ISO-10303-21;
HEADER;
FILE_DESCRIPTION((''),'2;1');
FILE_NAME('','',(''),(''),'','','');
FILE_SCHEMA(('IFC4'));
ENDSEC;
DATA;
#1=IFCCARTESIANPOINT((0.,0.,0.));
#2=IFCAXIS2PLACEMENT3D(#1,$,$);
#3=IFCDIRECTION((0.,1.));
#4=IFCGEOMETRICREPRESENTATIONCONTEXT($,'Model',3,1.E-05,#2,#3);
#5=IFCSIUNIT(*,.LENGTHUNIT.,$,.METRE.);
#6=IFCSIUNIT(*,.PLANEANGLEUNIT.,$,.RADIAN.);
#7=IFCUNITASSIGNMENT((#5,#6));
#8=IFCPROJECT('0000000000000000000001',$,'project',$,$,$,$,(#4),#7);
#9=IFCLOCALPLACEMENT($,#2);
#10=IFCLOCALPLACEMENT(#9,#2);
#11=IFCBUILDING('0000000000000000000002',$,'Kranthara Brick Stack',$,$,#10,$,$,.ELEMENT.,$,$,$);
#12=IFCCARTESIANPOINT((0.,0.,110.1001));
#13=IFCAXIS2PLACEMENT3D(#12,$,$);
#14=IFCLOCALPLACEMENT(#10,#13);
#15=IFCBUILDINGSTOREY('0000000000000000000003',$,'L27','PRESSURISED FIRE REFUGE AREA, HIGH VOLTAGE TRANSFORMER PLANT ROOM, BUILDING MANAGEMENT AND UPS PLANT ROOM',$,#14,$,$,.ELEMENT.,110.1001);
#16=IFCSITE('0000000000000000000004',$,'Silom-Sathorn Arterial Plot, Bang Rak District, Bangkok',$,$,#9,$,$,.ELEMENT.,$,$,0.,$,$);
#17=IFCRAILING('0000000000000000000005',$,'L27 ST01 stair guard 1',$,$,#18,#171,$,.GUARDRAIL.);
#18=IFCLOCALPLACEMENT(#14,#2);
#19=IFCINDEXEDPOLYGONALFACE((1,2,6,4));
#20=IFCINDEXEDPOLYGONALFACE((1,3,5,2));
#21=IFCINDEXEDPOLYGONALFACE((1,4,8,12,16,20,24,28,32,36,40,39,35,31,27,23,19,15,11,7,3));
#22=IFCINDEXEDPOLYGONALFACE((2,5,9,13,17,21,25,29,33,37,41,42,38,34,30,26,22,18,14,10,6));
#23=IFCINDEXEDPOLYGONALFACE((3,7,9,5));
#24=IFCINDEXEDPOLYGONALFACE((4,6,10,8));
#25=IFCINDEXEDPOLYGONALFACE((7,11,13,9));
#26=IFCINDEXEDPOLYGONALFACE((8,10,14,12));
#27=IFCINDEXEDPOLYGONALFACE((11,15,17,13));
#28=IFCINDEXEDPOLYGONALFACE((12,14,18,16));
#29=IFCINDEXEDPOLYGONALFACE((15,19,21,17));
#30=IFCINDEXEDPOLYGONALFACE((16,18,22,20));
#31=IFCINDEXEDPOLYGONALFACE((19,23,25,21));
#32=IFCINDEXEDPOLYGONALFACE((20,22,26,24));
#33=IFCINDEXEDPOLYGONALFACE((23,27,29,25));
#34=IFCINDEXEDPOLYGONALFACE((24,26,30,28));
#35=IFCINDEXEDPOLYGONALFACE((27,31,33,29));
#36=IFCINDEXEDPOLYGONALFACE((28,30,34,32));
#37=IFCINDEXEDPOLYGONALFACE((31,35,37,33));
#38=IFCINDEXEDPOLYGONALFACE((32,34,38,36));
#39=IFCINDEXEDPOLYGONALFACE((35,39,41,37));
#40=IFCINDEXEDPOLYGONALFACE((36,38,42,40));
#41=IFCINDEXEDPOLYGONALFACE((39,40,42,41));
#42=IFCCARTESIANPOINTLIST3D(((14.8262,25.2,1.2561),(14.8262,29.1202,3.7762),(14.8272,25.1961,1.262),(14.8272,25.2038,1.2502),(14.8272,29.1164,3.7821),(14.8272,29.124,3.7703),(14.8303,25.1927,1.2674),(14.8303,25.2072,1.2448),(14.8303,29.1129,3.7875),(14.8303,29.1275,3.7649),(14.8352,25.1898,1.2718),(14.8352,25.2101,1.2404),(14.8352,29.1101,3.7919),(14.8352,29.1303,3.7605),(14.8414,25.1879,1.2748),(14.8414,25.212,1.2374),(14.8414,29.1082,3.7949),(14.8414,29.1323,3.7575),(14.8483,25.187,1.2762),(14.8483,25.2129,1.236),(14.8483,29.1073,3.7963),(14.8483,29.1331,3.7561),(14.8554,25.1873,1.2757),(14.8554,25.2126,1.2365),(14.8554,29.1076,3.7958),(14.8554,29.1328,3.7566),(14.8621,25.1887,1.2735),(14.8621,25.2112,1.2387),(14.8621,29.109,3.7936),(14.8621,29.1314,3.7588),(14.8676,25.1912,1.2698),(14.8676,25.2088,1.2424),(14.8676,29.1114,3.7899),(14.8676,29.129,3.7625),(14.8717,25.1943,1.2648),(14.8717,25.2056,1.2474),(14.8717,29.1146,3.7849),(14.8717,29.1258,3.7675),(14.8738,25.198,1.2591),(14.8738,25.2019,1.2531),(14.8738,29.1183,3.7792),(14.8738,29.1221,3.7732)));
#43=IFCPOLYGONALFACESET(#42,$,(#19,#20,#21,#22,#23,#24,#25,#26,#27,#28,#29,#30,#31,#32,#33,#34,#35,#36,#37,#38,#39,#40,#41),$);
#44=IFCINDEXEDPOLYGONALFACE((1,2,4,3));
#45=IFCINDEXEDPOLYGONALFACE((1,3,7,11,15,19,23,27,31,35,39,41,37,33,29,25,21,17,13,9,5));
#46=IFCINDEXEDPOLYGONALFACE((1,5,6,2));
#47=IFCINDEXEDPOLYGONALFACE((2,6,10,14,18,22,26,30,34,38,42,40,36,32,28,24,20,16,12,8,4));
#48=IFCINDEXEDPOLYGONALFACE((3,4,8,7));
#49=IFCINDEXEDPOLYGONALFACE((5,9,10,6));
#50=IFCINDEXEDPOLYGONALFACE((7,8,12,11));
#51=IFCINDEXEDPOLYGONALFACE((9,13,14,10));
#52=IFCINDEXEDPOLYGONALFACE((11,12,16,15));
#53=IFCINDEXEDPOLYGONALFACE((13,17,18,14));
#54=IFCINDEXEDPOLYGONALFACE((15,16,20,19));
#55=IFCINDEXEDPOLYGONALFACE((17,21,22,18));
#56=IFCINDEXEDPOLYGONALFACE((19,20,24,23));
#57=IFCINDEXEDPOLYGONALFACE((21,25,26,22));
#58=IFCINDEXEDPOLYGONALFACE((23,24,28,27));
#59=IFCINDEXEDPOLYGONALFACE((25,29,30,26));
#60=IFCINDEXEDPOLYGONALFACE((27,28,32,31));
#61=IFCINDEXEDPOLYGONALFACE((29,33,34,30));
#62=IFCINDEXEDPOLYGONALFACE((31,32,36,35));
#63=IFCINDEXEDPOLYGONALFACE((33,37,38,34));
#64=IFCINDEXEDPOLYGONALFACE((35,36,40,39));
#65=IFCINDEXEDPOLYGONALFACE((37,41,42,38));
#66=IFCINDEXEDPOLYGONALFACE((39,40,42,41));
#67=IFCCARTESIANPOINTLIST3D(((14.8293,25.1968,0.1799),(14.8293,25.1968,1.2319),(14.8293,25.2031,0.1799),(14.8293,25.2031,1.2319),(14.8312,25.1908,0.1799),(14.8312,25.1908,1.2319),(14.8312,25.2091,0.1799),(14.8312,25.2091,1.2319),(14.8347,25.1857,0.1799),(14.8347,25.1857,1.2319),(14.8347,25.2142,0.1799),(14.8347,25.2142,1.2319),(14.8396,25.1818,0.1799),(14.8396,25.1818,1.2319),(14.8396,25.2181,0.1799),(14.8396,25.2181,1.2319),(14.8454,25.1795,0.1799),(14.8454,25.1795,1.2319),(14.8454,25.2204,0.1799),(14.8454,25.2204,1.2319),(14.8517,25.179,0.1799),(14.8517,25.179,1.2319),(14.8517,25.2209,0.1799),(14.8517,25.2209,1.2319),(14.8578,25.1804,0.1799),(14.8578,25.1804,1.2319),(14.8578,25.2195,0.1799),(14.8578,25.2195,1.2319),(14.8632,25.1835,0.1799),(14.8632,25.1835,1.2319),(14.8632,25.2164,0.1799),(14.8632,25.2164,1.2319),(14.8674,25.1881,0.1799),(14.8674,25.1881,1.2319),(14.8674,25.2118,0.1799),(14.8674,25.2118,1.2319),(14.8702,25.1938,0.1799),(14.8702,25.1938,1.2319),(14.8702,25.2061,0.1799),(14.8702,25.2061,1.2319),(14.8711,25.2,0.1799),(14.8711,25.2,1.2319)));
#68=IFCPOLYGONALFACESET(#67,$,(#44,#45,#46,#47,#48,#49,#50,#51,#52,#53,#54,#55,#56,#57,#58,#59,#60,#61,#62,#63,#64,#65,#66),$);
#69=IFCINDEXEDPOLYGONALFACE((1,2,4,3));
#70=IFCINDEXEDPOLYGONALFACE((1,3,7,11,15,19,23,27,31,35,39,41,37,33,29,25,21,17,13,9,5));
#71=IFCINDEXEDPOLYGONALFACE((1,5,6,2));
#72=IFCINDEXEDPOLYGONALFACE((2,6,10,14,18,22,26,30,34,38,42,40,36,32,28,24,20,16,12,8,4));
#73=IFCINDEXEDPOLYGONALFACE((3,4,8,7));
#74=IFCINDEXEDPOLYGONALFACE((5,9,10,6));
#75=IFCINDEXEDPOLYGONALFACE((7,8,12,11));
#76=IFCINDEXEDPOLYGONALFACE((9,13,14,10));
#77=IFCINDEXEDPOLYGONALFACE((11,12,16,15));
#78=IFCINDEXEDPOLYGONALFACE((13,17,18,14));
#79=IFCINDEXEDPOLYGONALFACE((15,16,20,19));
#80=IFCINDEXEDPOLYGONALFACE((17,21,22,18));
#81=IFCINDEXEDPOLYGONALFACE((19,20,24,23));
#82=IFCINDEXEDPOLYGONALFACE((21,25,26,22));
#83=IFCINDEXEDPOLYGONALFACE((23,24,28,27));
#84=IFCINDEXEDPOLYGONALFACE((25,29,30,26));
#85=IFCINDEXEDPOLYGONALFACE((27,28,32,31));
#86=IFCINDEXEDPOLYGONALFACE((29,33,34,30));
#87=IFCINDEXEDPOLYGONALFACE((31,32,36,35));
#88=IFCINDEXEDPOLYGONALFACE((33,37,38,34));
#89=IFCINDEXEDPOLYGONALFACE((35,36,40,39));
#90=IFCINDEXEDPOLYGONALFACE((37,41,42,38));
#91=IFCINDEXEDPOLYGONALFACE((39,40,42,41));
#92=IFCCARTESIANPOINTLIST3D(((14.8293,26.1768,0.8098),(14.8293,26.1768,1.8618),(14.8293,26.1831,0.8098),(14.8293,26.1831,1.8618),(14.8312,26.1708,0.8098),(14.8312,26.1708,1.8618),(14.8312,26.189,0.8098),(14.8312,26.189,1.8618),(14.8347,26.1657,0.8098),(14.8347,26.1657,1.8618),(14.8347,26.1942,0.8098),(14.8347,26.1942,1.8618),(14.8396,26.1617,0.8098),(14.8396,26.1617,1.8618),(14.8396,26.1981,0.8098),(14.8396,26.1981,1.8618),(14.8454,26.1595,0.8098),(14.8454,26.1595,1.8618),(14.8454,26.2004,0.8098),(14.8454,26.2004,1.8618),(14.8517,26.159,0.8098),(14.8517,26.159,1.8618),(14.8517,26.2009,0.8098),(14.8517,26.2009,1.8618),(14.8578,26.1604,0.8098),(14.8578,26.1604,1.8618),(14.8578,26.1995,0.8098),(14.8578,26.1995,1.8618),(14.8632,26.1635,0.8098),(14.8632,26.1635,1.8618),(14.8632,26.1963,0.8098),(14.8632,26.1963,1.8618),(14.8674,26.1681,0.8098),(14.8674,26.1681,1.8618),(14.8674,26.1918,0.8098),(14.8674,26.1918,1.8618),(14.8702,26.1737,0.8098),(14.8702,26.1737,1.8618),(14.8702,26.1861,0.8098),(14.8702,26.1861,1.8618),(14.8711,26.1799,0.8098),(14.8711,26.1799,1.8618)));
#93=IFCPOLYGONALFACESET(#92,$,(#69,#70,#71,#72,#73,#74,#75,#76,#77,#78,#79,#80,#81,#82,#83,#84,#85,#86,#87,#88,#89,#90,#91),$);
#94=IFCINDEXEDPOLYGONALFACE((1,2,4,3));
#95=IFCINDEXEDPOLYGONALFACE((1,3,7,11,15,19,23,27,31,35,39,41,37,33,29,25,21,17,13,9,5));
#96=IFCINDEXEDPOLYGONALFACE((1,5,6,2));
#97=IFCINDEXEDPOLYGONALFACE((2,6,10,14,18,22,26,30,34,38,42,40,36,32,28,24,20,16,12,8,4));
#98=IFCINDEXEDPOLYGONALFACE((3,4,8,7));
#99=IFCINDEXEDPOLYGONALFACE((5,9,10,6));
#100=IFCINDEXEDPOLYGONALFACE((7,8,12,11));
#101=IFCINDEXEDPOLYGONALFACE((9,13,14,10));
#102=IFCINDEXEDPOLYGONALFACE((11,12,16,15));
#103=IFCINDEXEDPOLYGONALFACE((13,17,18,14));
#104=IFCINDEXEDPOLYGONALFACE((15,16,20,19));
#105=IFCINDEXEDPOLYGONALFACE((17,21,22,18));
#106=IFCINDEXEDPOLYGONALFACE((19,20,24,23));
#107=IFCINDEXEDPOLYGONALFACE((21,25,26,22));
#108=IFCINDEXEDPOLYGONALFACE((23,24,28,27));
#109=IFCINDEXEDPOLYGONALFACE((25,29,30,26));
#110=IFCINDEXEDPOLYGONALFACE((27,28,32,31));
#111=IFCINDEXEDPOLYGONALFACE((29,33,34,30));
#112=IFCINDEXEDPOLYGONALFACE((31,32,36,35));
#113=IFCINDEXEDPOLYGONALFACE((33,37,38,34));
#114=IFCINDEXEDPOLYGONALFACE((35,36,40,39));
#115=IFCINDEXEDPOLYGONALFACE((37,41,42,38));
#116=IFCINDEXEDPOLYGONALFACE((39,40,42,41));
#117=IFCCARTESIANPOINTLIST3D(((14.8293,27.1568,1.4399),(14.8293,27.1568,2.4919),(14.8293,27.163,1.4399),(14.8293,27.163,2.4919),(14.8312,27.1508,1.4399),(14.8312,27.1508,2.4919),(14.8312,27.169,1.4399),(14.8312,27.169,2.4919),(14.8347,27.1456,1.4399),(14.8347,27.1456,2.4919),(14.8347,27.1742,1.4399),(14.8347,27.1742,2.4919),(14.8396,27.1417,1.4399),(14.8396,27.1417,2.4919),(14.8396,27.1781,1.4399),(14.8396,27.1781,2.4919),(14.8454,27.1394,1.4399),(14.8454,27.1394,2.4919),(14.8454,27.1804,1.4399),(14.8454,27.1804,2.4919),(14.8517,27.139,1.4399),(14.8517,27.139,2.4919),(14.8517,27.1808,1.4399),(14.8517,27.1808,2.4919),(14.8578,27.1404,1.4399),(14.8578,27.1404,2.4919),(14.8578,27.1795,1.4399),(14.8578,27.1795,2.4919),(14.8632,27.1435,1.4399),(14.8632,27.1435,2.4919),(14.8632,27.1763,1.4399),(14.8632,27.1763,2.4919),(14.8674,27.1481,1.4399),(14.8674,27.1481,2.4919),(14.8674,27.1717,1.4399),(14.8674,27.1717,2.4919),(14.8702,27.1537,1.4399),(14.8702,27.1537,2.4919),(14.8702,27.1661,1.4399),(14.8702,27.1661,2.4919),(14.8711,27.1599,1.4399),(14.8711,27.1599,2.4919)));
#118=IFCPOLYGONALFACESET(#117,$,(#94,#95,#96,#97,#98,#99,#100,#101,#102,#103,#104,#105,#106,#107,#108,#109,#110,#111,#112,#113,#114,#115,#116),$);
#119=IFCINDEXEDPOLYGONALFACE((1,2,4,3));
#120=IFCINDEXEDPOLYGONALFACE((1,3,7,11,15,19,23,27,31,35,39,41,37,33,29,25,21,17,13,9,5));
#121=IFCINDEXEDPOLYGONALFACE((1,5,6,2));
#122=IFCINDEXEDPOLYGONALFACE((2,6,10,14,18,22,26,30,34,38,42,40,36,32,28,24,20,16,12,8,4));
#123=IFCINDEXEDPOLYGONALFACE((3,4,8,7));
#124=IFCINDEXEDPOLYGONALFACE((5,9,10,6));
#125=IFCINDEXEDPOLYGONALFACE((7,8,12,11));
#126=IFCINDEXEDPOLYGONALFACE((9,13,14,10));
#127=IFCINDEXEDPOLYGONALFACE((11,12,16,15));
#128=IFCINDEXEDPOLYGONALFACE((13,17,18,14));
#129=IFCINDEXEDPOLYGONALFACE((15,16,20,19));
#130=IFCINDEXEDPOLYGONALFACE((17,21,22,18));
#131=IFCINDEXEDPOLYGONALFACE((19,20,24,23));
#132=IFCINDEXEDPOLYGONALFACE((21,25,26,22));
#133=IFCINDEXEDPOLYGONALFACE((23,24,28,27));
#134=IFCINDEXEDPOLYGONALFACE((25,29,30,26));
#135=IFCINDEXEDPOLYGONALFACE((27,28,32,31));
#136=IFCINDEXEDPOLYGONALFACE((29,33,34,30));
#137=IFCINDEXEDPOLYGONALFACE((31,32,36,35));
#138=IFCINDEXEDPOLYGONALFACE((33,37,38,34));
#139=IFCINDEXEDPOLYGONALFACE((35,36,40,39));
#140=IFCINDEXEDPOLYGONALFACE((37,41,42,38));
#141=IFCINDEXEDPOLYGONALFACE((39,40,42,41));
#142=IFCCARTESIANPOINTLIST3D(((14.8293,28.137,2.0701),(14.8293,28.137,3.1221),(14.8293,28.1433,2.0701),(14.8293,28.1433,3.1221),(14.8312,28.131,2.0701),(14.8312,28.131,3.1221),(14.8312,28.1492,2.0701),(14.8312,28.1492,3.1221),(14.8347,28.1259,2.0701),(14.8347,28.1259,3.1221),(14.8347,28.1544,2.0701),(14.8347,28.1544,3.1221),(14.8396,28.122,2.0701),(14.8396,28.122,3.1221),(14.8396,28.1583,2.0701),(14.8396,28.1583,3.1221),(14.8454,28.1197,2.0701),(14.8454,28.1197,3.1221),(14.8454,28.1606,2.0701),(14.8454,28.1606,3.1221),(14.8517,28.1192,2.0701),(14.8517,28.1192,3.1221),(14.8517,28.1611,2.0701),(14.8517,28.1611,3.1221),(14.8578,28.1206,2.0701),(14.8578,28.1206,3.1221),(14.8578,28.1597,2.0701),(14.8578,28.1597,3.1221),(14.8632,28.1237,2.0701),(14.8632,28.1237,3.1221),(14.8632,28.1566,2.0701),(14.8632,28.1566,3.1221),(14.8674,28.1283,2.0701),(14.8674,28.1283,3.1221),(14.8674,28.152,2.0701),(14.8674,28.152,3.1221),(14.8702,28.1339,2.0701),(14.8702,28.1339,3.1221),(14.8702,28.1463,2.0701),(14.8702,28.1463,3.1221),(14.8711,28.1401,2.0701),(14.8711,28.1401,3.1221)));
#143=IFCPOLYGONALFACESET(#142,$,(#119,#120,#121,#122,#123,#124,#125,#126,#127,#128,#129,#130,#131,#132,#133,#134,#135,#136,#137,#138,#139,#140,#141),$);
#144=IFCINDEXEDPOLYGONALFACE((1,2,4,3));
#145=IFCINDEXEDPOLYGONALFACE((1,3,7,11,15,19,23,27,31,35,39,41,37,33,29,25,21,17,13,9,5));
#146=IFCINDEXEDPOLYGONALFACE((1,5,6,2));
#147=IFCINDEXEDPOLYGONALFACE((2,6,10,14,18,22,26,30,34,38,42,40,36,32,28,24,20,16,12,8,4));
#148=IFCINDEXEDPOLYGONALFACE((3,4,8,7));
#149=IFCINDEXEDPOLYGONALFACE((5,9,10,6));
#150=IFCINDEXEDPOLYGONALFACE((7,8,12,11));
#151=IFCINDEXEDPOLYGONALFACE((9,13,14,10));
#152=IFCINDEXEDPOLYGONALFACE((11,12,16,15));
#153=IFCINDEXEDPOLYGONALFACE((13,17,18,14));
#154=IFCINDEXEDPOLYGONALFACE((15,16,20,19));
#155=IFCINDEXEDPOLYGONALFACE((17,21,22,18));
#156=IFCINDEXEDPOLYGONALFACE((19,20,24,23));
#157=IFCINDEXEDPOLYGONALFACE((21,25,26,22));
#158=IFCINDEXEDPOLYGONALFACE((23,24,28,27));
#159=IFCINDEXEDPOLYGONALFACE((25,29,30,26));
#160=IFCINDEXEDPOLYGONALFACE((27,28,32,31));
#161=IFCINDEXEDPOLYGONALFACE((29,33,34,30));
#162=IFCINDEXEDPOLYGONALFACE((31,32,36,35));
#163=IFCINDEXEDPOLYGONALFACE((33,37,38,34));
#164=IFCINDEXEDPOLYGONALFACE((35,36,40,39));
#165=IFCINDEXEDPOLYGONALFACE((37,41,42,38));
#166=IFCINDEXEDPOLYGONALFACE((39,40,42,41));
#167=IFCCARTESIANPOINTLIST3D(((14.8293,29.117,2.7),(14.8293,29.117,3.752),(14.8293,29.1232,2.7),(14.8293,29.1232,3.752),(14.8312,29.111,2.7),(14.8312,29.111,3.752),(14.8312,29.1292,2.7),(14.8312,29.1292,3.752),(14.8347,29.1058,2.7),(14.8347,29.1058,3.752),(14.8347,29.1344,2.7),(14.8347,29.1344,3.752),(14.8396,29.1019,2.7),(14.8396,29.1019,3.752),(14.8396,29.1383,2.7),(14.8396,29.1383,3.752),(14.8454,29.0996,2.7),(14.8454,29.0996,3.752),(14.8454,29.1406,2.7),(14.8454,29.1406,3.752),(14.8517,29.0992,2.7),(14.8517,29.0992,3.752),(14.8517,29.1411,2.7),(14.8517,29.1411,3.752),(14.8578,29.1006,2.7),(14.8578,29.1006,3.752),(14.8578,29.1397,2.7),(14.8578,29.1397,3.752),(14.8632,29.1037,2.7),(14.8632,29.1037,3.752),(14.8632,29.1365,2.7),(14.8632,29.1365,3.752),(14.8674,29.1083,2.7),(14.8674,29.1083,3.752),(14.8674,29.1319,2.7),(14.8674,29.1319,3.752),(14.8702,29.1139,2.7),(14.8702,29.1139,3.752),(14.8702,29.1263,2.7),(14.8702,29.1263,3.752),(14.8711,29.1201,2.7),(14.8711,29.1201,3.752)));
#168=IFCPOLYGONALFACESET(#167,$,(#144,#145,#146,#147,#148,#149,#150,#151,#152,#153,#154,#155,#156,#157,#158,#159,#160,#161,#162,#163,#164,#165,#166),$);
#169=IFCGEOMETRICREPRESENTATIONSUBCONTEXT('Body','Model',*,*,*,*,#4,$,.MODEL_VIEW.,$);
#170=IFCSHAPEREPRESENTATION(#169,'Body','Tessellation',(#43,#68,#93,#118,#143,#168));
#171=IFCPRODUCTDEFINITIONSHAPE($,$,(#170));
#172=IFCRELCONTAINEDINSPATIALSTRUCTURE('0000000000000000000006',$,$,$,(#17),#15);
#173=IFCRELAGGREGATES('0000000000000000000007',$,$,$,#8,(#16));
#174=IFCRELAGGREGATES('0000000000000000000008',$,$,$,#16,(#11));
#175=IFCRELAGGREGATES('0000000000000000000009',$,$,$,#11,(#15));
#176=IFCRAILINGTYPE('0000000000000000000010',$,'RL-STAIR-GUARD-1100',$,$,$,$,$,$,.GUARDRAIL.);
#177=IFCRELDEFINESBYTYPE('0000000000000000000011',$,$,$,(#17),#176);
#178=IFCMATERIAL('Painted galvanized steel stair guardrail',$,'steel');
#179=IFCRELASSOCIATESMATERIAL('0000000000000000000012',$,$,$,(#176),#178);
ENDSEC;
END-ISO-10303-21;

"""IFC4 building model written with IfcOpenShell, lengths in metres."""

from ifc_helpers import new_model, si_unit, direction, frame, origin, origin_2d, place, context, subcontext, project, spatial, circle, extrude, material, type_object, element, save


model = new_model("IFC4")

# Units and contexts
model_context = context("Model", 3, precision=1e-05, world=origin(), true_north=direction((0.0, 1.0)))
body_context = subcontext(model_context, "Body", "Model", "MODEL_VIEW")
ifc_project = project(units=[si_unit("LENGTHUNIT", "METRE"), si_unit("PLANEANGLEUNIT", "RADIAN")], contexts=[model_context])

# Site, building, storey
site_placement = place(None, origin())
site = spatial("IfcSite", under=ifc_project, at=site_placement, Name="Silom-Sathorn Arterial Plot, Bang Rak District, Bangkok", CompositionType="ELEMENT", RefElevation=0.0)
building_placement = place(site_placement, origin())
building = spatial("IfcBuilding", under=site, at=building_placement, Name="Kranthara Brick Stack", CompositionType="ELEMENT")
storey_placement = place(building_placement, frame((0.0, 0.0, 110.1001)))
storey = spatial("IfcBuildingStorey", under=building, at=storey_placement, Name="L27", Description="PRESSURISED FIRE REFUGE AREA, HIGH VOLTAGE TRANSFORMER PLANT ROOM, BUILDING MANAGEMENT AND UPS PLANT ROOM", CompositionType="ELEMENT", Elevation=110.1001)

# Railing
ifc_material_1 = material(Name="Painted galvanized steel stair guardrail", Category="steel")
railing_type_1 = type_object("IfcRailingType", Name="RL-STAIR-GUARD-1100", PredefinedType="GUARDRAIL", material=ifc_material_1)
railing_1_placement = place(storey_placement, frame((14.8501, 25.2, 0.1799)))
element("IfcRailing", 1, at=railing_1_placement, inside=storey, type_object=railing_type_1, Name="L27 ST01 stair guard 1", PredefinedType="GUARDRAIL", context=body_context, shape_type="SweptSolid", body=[
    extrude(circle(Radius=0.0239, at=origin_2d()), frame((0.0, 0.0, 1.0762), z_axis=(0.0, 0.841187, 0.540744), x_axis=(-1.0, 0.0, 0.0)), (0.0, 0.0, 1.0), 4.6604),
    extrude(circle(Radius=0.021, at=origin_2d()), origin(), (0.0, 0.0, 1.0), 1.052),
    extrude(circle(Radius=0.021, at=origin_2d()), frame((0.0, 0.98, 0.6299)), (0.0, 0.0, 1.0), 1.052),
    extrude(circle(Radius=0.021, at=origin_2d()), frame((0.0, 1.96, 1.26)), (0.0, 0.0, 1.0), 1.052),
    extrude(circle(Radius=0.021, at=origin_2d()), frame((0.0, 2.9402, 1.8901)), (0.0, 0.0, 1.0), 1.052),
    extrude(circle(Radius=0.021, at=origin_2d()), frame((0.0, 3.9202, 2.52)), (0.0, 0.0, 1.0), 1.052),
])

save(model, "model.ifc")
